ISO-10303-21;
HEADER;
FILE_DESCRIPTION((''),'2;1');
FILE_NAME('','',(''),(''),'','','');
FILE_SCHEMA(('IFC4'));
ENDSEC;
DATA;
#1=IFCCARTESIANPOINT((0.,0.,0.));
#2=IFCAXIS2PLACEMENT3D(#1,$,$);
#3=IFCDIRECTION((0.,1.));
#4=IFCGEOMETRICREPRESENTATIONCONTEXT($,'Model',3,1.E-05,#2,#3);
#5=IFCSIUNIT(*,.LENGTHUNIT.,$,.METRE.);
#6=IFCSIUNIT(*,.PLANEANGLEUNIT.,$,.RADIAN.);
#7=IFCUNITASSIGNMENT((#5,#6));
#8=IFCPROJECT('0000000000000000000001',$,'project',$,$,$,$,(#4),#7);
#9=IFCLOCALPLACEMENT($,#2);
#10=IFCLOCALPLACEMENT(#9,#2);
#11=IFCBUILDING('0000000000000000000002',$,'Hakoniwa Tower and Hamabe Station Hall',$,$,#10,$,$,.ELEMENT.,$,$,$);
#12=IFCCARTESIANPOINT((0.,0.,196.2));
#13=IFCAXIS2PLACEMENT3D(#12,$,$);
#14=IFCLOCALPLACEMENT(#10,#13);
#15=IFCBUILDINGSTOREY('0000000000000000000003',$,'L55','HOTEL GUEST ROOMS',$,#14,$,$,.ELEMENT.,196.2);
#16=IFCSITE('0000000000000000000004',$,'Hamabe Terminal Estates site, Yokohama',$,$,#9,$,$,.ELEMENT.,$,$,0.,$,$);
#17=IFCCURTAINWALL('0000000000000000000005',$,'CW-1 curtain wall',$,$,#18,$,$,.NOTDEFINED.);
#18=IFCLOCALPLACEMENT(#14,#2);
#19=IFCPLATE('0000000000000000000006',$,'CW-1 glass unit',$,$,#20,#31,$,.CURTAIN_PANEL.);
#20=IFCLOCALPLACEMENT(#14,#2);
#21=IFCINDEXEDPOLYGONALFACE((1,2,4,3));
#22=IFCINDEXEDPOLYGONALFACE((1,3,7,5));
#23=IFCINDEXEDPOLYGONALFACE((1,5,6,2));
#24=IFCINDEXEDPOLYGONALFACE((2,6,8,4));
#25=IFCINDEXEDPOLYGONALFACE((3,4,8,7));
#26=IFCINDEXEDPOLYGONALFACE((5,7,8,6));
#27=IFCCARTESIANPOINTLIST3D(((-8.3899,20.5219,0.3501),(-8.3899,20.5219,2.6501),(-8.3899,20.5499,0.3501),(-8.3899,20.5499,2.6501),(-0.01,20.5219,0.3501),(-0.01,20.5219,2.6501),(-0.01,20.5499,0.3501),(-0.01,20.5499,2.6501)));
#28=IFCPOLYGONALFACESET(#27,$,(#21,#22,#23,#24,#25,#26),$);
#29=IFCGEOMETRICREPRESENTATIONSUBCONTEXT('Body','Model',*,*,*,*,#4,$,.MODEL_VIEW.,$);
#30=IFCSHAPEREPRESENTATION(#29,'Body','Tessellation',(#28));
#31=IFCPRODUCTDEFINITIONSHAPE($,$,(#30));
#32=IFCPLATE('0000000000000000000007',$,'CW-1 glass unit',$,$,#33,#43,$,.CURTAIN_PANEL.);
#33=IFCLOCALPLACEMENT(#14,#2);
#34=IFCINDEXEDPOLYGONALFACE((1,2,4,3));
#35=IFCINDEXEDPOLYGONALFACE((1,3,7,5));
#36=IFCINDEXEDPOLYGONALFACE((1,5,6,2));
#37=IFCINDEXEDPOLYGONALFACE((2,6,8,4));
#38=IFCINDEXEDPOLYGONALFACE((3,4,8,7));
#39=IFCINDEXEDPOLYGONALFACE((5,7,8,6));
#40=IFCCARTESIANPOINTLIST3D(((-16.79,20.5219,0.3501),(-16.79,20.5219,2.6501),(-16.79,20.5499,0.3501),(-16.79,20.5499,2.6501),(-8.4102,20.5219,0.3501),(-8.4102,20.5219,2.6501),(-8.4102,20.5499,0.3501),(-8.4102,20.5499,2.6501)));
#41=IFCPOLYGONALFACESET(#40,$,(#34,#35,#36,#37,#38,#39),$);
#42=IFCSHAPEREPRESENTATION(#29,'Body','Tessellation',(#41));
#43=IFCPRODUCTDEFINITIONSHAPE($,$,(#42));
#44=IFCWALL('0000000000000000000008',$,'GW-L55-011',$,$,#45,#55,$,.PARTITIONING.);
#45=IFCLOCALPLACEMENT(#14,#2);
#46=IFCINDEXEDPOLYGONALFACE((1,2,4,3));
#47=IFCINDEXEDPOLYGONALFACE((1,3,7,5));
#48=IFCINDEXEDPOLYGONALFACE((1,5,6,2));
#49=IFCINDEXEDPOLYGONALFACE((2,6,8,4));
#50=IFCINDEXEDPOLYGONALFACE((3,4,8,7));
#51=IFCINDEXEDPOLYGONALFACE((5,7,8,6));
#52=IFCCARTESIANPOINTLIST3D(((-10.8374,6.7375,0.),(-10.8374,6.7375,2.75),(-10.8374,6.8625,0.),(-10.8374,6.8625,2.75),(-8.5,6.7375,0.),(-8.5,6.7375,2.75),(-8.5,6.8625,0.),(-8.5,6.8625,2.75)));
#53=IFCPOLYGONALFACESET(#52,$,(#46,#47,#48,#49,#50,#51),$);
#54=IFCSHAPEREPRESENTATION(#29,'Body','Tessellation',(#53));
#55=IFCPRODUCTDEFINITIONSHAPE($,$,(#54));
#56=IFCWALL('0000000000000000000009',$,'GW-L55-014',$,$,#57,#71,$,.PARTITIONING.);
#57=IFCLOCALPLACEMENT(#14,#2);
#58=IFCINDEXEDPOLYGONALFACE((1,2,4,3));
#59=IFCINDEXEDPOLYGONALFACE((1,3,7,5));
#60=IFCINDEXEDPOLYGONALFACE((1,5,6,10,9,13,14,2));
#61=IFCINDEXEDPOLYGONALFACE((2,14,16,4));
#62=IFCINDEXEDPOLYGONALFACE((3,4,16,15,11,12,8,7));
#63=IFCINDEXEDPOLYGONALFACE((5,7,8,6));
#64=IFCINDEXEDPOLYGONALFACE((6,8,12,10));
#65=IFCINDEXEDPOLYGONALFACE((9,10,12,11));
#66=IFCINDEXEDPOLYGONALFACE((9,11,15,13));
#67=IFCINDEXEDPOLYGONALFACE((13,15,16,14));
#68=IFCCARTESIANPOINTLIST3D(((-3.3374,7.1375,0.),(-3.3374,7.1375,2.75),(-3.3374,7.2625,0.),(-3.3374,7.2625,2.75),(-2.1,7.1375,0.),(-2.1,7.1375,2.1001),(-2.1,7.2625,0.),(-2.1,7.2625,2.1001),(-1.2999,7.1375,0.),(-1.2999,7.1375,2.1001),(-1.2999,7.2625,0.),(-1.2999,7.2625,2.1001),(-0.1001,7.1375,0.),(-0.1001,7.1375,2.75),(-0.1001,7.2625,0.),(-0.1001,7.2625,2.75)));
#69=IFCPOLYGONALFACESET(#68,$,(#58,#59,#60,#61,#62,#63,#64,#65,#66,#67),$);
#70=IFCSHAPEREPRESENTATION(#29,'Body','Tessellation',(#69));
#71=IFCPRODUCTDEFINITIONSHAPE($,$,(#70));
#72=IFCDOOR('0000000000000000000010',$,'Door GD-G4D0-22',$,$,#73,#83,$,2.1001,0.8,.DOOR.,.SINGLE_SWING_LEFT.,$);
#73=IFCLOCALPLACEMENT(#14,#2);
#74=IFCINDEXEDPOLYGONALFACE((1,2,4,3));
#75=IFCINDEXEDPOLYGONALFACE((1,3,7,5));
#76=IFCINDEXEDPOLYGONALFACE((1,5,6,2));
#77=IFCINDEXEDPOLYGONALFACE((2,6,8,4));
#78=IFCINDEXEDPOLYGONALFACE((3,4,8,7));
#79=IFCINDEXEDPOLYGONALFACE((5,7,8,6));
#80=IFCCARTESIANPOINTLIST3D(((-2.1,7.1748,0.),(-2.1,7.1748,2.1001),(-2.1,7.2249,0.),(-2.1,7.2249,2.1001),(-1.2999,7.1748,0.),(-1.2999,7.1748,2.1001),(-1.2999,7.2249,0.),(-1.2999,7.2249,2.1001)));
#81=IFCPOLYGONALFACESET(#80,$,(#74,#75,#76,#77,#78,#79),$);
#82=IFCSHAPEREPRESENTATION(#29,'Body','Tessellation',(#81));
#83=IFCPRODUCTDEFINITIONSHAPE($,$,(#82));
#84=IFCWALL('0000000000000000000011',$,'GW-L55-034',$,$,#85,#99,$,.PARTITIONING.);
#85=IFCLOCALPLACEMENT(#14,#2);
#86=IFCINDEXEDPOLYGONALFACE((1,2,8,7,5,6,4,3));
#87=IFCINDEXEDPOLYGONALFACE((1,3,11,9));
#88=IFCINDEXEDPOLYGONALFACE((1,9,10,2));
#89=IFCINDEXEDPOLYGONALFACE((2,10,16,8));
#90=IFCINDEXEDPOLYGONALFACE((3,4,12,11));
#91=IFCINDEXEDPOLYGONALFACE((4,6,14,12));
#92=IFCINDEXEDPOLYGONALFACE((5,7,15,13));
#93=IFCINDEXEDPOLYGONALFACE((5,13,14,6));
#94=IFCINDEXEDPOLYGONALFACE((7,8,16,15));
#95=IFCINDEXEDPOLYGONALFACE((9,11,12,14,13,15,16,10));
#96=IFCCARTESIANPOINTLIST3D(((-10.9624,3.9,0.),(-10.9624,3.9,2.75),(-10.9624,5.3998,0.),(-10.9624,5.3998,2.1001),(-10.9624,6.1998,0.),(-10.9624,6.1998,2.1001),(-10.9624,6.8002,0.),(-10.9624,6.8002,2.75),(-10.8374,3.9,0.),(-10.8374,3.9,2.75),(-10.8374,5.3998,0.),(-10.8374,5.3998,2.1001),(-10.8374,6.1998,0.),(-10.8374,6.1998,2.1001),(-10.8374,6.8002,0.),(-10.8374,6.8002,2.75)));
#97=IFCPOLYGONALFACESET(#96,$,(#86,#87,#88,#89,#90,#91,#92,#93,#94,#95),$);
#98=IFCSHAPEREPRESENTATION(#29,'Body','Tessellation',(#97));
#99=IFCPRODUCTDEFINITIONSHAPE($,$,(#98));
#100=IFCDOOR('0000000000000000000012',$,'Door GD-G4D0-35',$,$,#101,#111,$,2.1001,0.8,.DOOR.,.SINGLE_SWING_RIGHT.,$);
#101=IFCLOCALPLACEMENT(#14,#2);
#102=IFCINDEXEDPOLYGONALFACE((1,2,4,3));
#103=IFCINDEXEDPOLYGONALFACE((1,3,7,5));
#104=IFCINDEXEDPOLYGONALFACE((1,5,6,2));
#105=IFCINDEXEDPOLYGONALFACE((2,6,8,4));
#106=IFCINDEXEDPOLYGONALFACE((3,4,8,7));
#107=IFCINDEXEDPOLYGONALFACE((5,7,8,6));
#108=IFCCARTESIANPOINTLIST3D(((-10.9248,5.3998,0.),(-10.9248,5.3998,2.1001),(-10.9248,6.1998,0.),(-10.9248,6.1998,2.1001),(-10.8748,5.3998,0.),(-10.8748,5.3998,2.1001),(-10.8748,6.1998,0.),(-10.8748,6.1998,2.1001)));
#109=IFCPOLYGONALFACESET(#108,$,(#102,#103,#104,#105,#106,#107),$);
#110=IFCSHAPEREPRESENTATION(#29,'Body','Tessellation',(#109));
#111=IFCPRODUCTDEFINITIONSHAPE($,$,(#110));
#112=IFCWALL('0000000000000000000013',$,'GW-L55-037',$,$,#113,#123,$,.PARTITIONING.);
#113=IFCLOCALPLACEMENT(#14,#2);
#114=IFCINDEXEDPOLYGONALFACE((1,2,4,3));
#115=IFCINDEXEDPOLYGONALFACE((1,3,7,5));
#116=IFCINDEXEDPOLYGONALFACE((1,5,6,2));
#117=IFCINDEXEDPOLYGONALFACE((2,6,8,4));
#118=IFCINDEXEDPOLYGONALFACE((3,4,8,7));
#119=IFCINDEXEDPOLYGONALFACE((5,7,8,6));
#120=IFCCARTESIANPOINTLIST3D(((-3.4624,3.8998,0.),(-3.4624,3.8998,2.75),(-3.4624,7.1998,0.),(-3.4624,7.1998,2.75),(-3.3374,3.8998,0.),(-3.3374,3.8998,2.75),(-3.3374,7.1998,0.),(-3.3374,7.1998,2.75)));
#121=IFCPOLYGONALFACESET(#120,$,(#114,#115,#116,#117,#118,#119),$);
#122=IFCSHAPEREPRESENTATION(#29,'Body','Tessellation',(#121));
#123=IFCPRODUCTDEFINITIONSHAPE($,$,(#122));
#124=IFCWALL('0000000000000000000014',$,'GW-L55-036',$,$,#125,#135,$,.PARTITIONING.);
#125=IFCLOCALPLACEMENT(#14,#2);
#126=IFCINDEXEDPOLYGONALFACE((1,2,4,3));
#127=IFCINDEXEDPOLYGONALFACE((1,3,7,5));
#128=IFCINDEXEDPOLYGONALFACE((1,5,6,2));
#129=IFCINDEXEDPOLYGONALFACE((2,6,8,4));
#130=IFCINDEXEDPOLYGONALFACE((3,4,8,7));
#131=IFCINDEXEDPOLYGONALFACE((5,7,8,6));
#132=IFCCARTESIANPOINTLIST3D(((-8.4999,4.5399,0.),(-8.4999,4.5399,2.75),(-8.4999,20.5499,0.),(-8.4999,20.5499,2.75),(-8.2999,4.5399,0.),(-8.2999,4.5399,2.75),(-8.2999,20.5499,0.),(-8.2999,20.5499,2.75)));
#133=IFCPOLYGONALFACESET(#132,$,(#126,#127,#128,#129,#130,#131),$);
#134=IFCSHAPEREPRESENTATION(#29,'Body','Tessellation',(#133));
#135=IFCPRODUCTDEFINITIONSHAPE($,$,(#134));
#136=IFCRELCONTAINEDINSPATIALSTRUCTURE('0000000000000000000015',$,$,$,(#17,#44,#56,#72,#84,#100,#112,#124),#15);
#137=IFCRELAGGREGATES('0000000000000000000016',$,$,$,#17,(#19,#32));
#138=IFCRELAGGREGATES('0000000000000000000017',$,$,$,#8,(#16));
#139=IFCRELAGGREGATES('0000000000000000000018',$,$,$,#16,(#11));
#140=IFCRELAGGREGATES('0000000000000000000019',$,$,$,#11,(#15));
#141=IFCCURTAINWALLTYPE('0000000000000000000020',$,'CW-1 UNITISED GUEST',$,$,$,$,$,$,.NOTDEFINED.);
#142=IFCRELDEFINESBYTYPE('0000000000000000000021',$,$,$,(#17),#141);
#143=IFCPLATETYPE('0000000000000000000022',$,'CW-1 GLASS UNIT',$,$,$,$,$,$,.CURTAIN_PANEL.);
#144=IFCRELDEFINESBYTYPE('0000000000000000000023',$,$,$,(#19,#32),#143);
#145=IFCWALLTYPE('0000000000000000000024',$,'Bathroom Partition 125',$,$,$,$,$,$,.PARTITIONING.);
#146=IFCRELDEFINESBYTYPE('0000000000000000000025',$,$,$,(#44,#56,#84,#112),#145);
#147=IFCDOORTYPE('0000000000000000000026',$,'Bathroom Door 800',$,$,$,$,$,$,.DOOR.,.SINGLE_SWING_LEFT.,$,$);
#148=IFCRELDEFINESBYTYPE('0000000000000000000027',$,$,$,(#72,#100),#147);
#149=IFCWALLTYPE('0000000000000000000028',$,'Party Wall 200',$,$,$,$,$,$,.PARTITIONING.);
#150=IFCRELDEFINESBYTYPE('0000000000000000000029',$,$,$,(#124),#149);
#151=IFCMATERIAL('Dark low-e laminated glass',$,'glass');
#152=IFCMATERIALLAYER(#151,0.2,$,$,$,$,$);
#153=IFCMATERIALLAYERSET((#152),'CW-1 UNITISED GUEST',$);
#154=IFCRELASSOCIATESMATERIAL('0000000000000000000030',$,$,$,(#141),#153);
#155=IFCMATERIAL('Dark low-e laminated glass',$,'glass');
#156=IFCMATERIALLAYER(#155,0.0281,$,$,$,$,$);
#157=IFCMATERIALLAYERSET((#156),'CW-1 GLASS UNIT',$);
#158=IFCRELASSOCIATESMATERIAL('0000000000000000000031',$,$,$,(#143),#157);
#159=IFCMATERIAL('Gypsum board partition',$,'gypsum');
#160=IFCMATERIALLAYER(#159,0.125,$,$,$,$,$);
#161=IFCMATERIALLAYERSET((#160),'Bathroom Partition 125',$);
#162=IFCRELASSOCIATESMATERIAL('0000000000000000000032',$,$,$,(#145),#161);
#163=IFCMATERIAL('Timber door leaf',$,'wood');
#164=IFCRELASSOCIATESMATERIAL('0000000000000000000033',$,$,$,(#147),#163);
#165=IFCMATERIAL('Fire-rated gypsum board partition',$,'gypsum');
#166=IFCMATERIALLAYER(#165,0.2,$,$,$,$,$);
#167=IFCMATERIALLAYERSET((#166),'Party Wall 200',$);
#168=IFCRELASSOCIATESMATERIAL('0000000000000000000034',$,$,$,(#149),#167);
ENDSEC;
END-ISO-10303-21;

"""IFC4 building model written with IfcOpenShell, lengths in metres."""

from ifc_helpers import new_model, si_unit, direction, frame, frame_2d, origin, origin_2d, place, context, subcontext, project, spatial, rectangle, extrude, material, layer, layer_set, type_object, element, fill, aggregate, save


model = new_model("IFC4")

# Units and contexts
model_context = context("Model", 3, precision=1e-05, world=origin(), true_north=direction((0.0, 1.0)))
body_context = subcontext(model_context, "Body", "Model", "MODEL_VIEW")
ifc_project = project(units=[si_unit("LENGTHUNIT", "METRE"), si_unit("PLANEANGLEUNIT", "RADIAN")], contexts=[model_context])

# Site, building, storey
site_placement = place(None, origin())
site = spatial("IfcSite", under=ifc_project, at=site_placement, Name="Hamabe Terminal Estates site, Yokohama", CompositionType="ELEMENT", RefElevation=0.0)
building_placement = place(site_placement, origin())
building = spatial("IfcBuilding", under=site, at=building_placement, Name="Hakoniwa Tower and Hamabe Station Hall", CompositionType="ELEMENT")
storey_placement = place(building_placement, frame((0.0, 0.0, 196.2)))
storey = spatial("IfcBuildingStorey", under=building, at=storey_placement, Name="L55", Description="HOTEL GUEST ROOMS", CompositionType="ELEMENT", Elevation=196.2)

# Curtain wall, plates
ifc_material_1 = material(Name="Dark low-e laminated glass", Category="glass")
ifc_layer_1 = layer(ifc_material_1, 0.2)
ifc_layer_set_1 = layer_set([ifc_layer_1], Name="CW-1 UNITISED GUEST")
curtain_wall_type = type_object("IfcCurtainWallType", Name="CW-1 UNITISED GUEST", PredefinedType="NOTDEFINED", material=ifc_layer_set_1)
curtain_wall_placement = place(storey_placement, origin())
curtain_wall = element("IfcCurtainWall", 1, at=curtain_wall_placement, inside=storey, type_object=curtain_wall_type, Name="CW-1 curtain wall", PredefinedType="NOTDEFINED")
ifc_material_2 = material(Name="Dark low-e laminated glass", Category="glass")
ifc_layer_2 = layer(ifc_material_2, 0.0281)
ifc_layer_set_2 = layer_set([ifc_layer_2], Name="CW-1 GLASS UNIT")
plate_type = type_object("IfcPlateType", Name="CW-1 GLASS UNIT", PredefinedType="CURTAIN_PANEL", material=ifc_layer_set_2)
plate_1_placement = place(storey_placement, frame((-4.2, 20.5359, 0.3501), z_axis=(0.0, 0.0, 1.0), x_axis=(-1.0, 0.0, 0.0)))
plate_1 = element("IfcPlate", 2, at=plate_1_placement, type_object=plate_type, Name="CW-1 glass unit", PredefinedType="CURTAIN_PANEL", context=body_context, shape_type="SweptSolid", body=[
    extrude(rectangle(XDim=8.3799, YDim=0.0281, at=origin_2d()), origin(), (0.0, 0.0, 1.0), 2.3),
])
plate_2_placement = place(storey_placement, frame((-12.6001, 20.5359, 0.3501), z_axis=(0.0, 0.0, 1.0), x_axis=(-1.0, 0.0, 0.0)))
plate_2 = element("IfcPlate", 3, at=plate_2_placement, type_object=plate_type, Name="CW-1 glass unit", PredefinedType="CURTAIN_PANEL", context=body_context, shape_type="SweptSolid", body=[
    extrude(rectangle(XDim=8.3799, YDim=0.0281, at=origin_2d()), origin(), (0.0, 0.0, 1.0), 2.3),
])
aggregate(curtain_wall, [plate_1, plate_2])

# Wall
ifc_material_3 = material(Name="Gypsum board partition", Category="gypsum")
ifc_layer_3 = layer(ifc_material_3, 0.125)
ifc_layer_set_3 = layer_set([ifc_layer_3], Name="Bathroom Partition 125")
wall_type_1 = type_object("IfcWallType", Name="Bathroom Partition 125", PredefinedType="PARTITIONING", material=ifc_layer_set_3)
wall_1_placement = place(storey_placement, frame((-10.8374, 6.8, 0.0), z_axis=(0.0, 0.0, 1.0), x_axis=(1.0, 0.0, 0.0)))
element("IfcWall", 4, at=wall_1_placement, inside=storey, type_object=wall_type_1, Name="GW-L55-011", PredefinedType="PARTITIONING", context=body_context, shape_type="SweptSolid", body=[
    extrude(rectangle(XDim=2.3374, YDim=0.125, at=frame_2d((1.1687, 0.0))), origin(), (0.0, 0.0, 1.0), 2.75),
])

# Walls, openings, doors
wall_2_placement = place(storey_placement, frame((-3.3374, 7.2, 0.0), z_axis=(0.0, 0.0, 1.0), x_axis=(1.0, 0.0, 0.0)))
wall_2 = element("IfcWall", 5, at=wall_2_placement, inside=storey, type_object=wall_type_1, Name="GW-L55-014", PredefinedType="PARTITIONING", context=body_context, shape_type="SweptSolid", body=[
    extrude(rectangle(XDim=3.2373, YDim=0.125, at=frame_2d((1.6187, 0.0))), origin(), (0.0, 0.0, 1.0), 2.75),
])
opening_1_placement = place(wall_2_placement, frame((1.2375, 0.0, 0.0)))
opening_1 = element("IfcOpeningElement", 6, at=opening_1_placement, cuts=wall_2, PredefinedType="OPENING", context=body_context, shape_type="SweptSolid", body=[
    extrude(rectangle(XDim=0.8, YDim=2.1001, at=frame_2d((0.3999, 1.05))), frame((0.0, 0.0725, 0.0), z_axis=(0.0, -1.0, 0.0), x_axis=(1.0, 0.0, 0.0)), (0.0, 0.0, 1.0), 0.145),
])
ifc_material_4 = material(Name="Timber door leaf", Category="wood")
door_type = type_object("IfcDoorType", Name="Bathroom Door 800", OperationType="SINGLE_SWING_LEFT", PredefinedType="DOOR", material=ifc_material_4)
door_1_placement = place(opening_1_placement, origin())
door_1 = element("IfcDoor", 7, at=door_1_placement, inside=storey, type_object=door_type, Name="Door GD-G4D0-22", OperationType="SINGLE_SWING_LEFT", OverallHeight=2.1001, OverallWidth=0.8, PredefinedType="DOOR", context=body_context, shape_type="SweptSolid", body=[
    extrude(rectangle(XDim=0.8, YDim=2.1001, at=frame_2d((0.3999, 1.05))), frame((0.0, 0.0249, 0.0), z_axis=(0.0, -1.0, 0.0), x_axis=(1.0, 0.0, 0.0)), (0.0, 0.0, 1.0), 0.05),
])
fill(opening_1, door_1)
wall_3_placement = place(storey_placement, frame((-10.8999, 3.8999, 0.0), z_axis=(0.0, 0.0, 1.0), x_axis=(0.0, 1.0, 0.0)))
wall_3 = element("IfcWall", 8, at=wall_3_placement, inside=storey, type_object=wall_type_1, Name="GW-L55-034", PredefinedType="PARTITIONING", context=body_context, shape_type="SweptSolid", body=[
    extrude(rectangle(XDim=2.9001, YDim=0.125, at=frame_2d((1.4502, 0.0))), origin(), (0.0, 0.0, 1.0), 2.75),
])
opening_2_placement = place(wall_3_placement, frame((1.5, 0.0, 0.0)))
opening_2 = element("IfcOpeningElement", 9, at=opening_2_placement, cuts=wall_3, PredefinedType="OPENING", context=body_context, shape_type="SweptSolid", body=[
    extrude(rectangle(XDim=0.8, YDim=2.1001, at=frame_2d((0.3999, 1.05))), frame((0.0, 0.0725, 0.0), z_axis=(0.0, -1.0, 0.0), x_axis=(1.0, 0.0, 0.0)), (0.0, 0.0, 1.0), 0.145),
])
door_2_placement = place(opening_2_placement, origin())
door_2 = element("IfcDoor", 10, at=door_2_placement, inside=storey, type_object=door_type, Name="Door GD-G4D0-35", OperationType="SINGLE_SWING_RIGHT", OverallHeight=2.1001, OverallWidth=0.8, PredefinedType="DOOR", context=body_context, shape_type="SweptSolid", body=[
    extrude(rectangle(XDim=0.8, YDim=2.1001, at=frame_2d((0.3999, 1.05))), frame((0.0, 0.0249, 0.0), z_axis=(0.0, -1.0, 0.0), x_axis=(1.0, 0.0, 0.0)), (0.0, 0.0, 1.0), 0.05),
])
fill(opening_2, door_2)

# Walls
wall_4_placement = place(storey_placement, frame((-3.3999, 3.8999, 0.0), z_axis=(0.0, 0.0, 1.0), x_axis=(0.0, 1.0, 0.0)))
element("IfcWall", 11, at=wall_4_placement, inside=storey, type_object=wall_type_1, Name="GW-L55-037", PredefinedType="PARTITIONING", context=body_context, shape_type="SweptSolid", body=[
    extrude(rectangle(XDim=3.3, YDim=0.125, at=frame_2d((1.6499, 0.0))), origin(), (0.0, 0.0, 1.0), 2.75),
])
ifc_material_5 = material(Name="Fire-rated gypsum board partition", Category="gypsum")
ifc_layer_4 = layer(ifc_material_5, 0.2)
ifc_layer_set_4 = layer_set([ifc_layer_4], Name="Party Wall 200")
wall_type_2 = type_object("IfcWallType", Name="Party Wall 200", PredefinedType="PARTITIONING", material=ifc_layer_set_4)
wall_5_placement = place(storey_placement, frame((-8.3999, 4.54, 0.0), z_axis=(0.0, 0.0, 1.0), x_axis=(0.0, 1.0, 0.0)))
element("IfcWall", 12, at=wall_5_placement, inside=storey, type_object=wall_type_2, Name="GW-L55-036", PredefinedType="PARTITIONING", context=body_context, shape_type="SweptSolid", body=[
    extrude(rectangle(XDim=16.01, YDim=0.2, at=frame_2d((8.0049, 0.0))), origin(), (0.0, 0.0, 1.0), 2.75),
])

save(model, "model.ifc")
